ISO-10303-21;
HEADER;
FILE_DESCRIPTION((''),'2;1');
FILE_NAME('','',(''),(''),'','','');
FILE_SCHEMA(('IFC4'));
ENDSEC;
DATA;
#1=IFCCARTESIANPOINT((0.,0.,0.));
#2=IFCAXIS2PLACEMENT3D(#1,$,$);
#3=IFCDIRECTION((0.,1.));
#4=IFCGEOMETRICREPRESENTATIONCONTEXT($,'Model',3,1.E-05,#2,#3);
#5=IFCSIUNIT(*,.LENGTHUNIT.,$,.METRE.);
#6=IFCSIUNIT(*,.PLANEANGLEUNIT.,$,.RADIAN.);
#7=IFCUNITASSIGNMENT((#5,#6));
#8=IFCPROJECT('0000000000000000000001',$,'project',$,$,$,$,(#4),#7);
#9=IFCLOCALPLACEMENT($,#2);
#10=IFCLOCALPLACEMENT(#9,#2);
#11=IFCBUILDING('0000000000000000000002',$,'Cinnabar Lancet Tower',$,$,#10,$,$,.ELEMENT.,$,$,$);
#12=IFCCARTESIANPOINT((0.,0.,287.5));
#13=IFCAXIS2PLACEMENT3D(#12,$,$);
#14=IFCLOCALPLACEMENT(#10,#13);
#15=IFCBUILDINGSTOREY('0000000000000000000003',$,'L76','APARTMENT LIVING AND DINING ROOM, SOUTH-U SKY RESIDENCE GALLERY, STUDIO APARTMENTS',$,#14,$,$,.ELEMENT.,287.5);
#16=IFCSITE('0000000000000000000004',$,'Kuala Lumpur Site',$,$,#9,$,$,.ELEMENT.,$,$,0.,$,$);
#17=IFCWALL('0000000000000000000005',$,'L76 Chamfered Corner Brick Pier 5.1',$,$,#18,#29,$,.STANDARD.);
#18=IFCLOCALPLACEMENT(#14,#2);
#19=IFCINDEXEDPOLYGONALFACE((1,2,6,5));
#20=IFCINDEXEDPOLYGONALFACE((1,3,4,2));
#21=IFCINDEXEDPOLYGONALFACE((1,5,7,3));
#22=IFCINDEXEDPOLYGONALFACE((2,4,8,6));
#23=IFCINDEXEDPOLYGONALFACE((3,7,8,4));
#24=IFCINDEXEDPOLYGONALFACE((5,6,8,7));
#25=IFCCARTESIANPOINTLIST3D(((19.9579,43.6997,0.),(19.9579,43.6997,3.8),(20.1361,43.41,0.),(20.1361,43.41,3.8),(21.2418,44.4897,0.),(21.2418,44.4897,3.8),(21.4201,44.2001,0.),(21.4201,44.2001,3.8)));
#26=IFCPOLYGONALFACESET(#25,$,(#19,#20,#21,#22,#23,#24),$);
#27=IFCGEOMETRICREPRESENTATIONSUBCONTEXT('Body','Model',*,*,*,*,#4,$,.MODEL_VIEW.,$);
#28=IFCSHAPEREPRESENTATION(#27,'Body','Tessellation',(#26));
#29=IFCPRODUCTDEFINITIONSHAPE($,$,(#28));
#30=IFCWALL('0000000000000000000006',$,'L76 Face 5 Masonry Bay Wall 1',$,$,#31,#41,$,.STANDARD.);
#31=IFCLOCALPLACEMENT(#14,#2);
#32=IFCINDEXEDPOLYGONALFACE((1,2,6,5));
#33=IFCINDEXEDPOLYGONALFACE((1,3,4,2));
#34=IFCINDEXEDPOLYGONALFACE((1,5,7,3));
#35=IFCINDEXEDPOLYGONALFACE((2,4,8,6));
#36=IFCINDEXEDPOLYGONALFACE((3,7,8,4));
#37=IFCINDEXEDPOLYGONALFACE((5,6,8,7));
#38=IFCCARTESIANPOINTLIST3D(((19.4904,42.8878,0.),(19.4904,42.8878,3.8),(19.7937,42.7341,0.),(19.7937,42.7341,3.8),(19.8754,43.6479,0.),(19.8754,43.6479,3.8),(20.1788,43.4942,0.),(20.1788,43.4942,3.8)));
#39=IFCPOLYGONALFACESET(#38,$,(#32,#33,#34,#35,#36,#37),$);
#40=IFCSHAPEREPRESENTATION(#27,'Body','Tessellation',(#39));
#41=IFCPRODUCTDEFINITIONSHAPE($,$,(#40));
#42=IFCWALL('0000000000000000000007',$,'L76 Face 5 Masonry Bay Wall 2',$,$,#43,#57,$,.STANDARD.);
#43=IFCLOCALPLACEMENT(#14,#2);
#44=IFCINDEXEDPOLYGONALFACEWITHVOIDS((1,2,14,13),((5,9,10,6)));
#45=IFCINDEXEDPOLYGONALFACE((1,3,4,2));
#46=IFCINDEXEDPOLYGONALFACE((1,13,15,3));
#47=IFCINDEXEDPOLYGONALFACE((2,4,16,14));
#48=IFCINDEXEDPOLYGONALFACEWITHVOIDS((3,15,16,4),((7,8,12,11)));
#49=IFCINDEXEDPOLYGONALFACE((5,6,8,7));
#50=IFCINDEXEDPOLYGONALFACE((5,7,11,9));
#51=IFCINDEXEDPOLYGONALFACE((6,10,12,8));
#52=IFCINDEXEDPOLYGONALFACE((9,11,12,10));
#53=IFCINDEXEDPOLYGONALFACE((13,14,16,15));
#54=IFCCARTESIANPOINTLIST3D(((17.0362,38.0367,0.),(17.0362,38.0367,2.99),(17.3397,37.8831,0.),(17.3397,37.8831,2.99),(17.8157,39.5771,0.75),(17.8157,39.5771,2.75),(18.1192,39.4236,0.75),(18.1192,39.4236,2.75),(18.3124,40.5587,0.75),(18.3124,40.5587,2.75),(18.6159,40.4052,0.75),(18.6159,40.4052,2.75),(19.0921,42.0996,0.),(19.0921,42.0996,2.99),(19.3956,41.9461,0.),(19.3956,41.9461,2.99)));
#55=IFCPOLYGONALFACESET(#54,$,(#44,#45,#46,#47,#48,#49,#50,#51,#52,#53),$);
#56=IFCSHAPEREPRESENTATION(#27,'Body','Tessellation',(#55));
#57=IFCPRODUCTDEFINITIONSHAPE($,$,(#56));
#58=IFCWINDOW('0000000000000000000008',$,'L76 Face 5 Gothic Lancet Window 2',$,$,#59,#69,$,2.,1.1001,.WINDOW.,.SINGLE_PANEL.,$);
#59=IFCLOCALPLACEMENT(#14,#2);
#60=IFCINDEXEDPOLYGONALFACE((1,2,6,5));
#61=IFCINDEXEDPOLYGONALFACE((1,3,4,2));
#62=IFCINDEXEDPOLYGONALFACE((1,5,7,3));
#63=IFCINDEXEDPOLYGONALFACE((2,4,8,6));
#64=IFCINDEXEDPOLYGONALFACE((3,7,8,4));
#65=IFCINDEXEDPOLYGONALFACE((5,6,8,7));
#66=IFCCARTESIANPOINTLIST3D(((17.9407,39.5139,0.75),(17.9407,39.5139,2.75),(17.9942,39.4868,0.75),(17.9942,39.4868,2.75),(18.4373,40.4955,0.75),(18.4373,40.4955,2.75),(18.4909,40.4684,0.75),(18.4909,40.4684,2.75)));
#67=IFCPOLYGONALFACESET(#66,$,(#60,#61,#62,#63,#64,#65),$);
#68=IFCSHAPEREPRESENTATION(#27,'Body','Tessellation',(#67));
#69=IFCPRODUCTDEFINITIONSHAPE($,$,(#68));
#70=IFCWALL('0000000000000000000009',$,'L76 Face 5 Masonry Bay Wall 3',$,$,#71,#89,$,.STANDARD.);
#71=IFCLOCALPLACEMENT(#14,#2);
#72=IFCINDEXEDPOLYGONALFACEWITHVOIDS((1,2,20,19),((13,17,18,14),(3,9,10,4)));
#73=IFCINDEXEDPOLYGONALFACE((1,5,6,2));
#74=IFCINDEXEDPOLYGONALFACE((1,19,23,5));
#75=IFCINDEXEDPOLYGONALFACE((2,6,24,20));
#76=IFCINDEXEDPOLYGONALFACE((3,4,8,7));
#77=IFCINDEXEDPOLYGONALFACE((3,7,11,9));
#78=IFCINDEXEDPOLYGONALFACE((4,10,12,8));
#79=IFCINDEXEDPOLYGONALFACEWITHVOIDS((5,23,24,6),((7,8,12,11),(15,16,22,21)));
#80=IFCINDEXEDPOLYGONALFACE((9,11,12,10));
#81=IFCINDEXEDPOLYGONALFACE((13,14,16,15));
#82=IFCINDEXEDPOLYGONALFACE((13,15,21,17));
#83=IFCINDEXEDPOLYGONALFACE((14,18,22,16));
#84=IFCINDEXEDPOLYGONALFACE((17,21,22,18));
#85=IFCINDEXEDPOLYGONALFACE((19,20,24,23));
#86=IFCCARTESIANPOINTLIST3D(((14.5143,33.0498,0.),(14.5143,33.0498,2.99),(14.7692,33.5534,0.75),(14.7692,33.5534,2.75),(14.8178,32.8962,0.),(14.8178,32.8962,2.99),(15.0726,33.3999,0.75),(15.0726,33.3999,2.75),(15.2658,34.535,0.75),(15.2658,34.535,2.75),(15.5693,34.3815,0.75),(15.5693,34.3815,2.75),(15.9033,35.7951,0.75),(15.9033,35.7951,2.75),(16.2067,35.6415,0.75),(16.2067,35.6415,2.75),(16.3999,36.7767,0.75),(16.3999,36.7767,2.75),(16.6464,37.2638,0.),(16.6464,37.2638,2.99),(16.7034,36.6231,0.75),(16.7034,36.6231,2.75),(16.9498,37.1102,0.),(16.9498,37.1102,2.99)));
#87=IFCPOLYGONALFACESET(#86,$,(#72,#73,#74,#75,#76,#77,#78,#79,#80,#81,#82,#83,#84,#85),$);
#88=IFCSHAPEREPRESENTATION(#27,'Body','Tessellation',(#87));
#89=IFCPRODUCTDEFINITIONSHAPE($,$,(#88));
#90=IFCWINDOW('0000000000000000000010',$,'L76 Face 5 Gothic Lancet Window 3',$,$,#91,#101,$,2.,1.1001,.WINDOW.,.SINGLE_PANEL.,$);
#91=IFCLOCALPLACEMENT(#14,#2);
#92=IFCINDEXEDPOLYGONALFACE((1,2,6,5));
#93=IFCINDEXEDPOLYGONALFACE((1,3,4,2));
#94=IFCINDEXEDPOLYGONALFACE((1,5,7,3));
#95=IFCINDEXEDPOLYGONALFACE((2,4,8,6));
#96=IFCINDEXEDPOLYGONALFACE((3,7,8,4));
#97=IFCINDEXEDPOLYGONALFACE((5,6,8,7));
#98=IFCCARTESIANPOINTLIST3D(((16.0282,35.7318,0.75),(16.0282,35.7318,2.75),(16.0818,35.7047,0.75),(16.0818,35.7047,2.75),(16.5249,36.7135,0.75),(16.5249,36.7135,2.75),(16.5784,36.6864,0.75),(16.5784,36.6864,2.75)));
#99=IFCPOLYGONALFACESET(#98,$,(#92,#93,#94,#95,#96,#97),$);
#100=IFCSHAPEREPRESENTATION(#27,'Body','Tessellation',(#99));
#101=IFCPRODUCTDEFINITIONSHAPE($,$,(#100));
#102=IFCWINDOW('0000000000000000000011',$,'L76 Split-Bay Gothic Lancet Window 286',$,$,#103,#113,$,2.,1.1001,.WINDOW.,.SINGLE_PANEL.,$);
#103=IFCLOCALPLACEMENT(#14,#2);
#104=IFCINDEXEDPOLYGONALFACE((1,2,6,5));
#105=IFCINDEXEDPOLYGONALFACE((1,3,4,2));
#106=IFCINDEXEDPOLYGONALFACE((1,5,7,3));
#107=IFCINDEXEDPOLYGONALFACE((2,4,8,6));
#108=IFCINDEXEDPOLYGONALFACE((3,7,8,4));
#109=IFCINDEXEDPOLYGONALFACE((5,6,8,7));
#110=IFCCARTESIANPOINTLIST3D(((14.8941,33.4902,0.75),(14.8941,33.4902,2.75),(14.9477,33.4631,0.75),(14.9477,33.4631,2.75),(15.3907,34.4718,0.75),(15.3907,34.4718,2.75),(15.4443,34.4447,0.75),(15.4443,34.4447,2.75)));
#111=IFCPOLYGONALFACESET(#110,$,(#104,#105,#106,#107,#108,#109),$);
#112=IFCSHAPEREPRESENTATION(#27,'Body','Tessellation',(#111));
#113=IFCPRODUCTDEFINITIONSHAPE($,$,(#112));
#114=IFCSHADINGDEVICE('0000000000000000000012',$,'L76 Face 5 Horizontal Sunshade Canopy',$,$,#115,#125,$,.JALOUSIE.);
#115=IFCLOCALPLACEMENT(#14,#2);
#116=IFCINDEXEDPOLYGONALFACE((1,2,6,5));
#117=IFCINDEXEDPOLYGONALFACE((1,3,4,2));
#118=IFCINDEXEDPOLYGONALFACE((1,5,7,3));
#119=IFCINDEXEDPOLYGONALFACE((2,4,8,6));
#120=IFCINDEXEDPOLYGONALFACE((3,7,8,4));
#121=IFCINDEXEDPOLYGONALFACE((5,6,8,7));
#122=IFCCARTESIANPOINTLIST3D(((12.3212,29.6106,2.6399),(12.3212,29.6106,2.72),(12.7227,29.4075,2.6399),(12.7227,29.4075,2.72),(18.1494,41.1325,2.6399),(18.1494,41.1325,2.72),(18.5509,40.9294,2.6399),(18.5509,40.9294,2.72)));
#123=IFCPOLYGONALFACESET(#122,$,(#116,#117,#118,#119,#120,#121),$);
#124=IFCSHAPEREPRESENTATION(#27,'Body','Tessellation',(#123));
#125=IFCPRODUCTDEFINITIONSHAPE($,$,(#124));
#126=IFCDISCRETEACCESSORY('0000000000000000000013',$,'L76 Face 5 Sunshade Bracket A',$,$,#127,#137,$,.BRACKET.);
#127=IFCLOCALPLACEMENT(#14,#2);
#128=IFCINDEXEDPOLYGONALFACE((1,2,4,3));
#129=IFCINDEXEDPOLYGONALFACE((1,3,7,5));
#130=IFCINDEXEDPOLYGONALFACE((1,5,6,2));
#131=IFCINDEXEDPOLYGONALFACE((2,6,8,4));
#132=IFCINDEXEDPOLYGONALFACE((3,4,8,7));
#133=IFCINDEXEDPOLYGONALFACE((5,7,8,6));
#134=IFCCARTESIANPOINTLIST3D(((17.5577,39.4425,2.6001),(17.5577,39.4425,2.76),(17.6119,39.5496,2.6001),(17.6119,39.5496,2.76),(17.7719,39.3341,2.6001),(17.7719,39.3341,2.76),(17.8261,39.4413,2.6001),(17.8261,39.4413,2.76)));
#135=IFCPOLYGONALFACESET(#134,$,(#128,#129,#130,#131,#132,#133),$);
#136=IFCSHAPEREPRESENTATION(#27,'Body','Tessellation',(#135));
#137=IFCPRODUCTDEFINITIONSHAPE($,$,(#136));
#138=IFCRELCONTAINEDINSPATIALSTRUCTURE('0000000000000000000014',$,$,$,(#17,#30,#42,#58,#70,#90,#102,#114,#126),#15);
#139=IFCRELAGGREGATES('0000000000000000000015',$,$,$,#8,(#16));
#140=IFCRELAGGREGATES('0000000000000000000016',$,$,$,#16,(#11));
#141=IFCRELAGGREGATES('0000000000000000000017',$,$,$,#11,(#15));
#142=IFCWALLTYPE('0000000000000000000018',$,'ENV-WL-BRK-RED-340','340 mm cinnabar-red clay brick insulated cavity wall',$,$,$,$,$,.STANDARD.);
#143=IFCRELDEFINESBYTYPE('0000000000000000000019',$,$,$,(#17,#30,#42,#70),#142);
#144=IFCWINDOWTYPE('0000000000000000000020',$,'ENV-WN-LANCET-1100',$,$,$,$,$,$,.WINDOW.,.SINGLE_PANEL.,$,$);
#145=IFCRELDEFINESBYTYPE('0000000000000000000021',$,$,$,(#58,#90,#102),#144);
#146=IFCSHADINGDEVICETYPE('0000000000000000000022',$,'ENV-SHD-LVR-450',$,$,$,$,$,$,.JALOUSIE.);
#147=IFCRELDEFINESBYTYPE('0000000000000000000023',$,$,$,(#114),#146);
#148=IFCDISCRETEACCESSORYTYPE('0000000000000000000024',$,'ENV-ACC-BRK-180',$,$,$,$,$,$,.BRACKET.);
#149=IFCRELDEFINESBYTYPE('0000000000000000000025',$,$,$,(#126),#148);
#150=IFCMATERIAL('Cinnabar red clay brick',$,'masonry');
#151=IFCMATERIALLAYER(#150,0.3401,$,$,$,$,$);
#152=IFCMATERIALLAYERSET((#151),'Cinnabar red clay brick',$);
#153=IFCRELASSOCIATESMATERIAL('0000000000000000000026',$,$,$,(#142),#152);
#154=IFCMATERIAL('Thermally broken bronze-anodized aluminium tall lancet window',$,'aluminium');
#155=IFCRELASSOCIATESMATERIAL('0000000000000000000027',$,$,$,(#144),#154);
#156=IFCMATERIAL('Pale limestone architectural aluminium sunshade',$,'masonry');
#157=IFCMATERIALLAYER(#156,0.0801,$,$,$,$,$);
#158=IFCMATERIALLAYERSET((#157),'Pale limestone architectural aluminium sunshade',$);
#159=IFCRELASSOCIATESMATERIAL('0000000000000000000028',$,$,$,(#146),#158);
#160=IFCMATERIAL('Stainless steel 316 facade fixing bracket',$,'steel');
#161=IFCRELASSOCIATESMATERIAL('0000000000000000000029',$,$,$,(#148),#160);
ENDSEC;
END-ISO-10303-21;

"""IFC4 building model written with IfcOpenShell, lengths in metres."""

from ifc_helpers import new_model, si_unit, direction, frame, frame_2d, origin, origin_2d, place, context, subcontext, project, spatial, rectangle, extrude, material, layer, layer_set, type_object, element, fill, save


model = new_model("IFC4")

# Units and contexts
model_context = context("Model", 3, precision=1e-05, world=origin(), true_north=direction((0.0, 1.0)))
body_context = subcontext(model_context, "Body", "Model", "MODEL_VIEW")
ifc_project = project(units=[si_unit("LENGTHUNIT", "METRE"), si_unit("PLANEANGLEUNIT", "RADIAN")], contexts=[model_context])

# Site, building, storey
site_placement = place(None, origin())
site = spatial("IfcSite", under=ifc_project, at=site_placement, Name="Kuala Lumpur Site", CompositionType="ELEMENT", RefElevation=0.0)
building_placement = place(site_placement, origin())
building = spatial("IfcBuilding", under=site, at=building_placement, Name="Cinnabar Lancet Tower", CompositionType="ELEMENT")
storey_placement = place(building_placement, frame((0.0, 0.0, 287.5)))
storey = spatial("IfcBuildingStorey", under=building, at=storey_placement, Name="L76", Description="APARTMENT LIVING AND DINING ROOM, SOUTH-U SKY RESIDENCE GALLERY, STUDIO APARTMENTS", CompositionType="ELEMENT", Elevation=287.5)

# Walls
ifc_material_1 = material(Name="Cinnabar red clay brick", Category="masonry")
ifc_layer_1 = layer(ifc_material_1, 0.3401)
ifc_layer_set_1 = layer_set([ifc_layer_1], Name="Cinnabar red clay brick")
wall_type_1 = type_object("IfcWallType", Name="ENV-WL-BRK-RED-340", Description="340 mm cinnabar-red clay brick insulated cavity wall", PredefinedType="STANDARD", material=ifc_layer_set_1)
wall_1_placement = place(storey_placement, frame((21.3311, 44.345, 0.0), z_axis=(0.0, 0.0, 1.0), x_axis=(-0.851681, -0.524061, 0.0)))
element("IfcWall", 1, at=wall_1_placement, inside=storey, type_object=wall_type_1, Name="L76 Chamfered Corner Brick Pier 5.1", PredefinedType="STANDARD", context=body_context, shape_type="SweptSolid", body=[
    extrude(rectangle(XDim=1.5076, YDim=0.3401, at=frame_2d((0.7539, 0.0))), origin(), (0.0, 0.0, 1.0), 3.8),
])
wall_2_placement = place(storey_placement, frame((20.0271, 43.571, 0.0), z_axis=(0.0, 0.0, 1.0), x_axis=(-0.451907, -0.892065, 0.0)))
element("IfcWall", 2, at=wall_2_placement, inside=storey, type_object=wall_type_1, Name="L76 Face 5 Masonry Bay Wall 1", PredefinedType="STANDARD", context=body_context, shape_type="SweptSolid", body=[
    extrude(rectangle(XDim=0.8521, YDim=0.3401, at=frame_2d((0.426, 0.0))), origin(), (0.0, 0.0, 1.0), 3.8),
])

# Wall, opening, window
wall_3_placement = place(storey_placement, frame((19.2439, 42.0229, 0.0), z_axis=(0.0, 0.0, 1.0), x_axis=(-0.451498, -0.892272, 0.0)))
wall_3 = element("IfcWall", 3, at=wall_3_placement, inside=storey, type_object=wall_type_1, Name="L76 Face 5 Masonry Bay Wall 2", PredefinedType="STANDARD", context=body_context, shape_type="SweptSolid", body=[
    extrude(rectangle(XDim=4.5535, YDim=0.3401, at=frame_2d((2.2769, 0.0))), origin(), (0.0, 0.0, 1.0), 2.99),
])
opening_1_placement = place(wall_3_placement, frame((1.7271, 0.0, 0.75)))
opening_1 = element("IfcOpeningElement", 4, at=opening_1_placement, cuts=wall_3, PredefinedType="OPENING", context=body_context, shape_type="SweptSolid", body=[
    extrude(rectangle(XDim=1.1001, YDim=2.0, at=frame_2d((0.55, 1.0))), frame((0.0, 0.1799, 0.0), z_axis=(0.0, -1.0, 0.0), x_axis=(1.0, 0.0, 0.0)), (0.0, 0.0, 1.0), 0.3601),
])
ifc_material_2 = material(Name="Thermally broken bronze-anodized aluminium tall lancet window", Category="aluminium")
window_type = type_object("IfcWindowType", Name="ENV-WN-LANCET-1100", PartitioningType="SINGLE_PANEL", PredefinedType="WINDOW", material=ifc_material_2)
window_1_placement = place(opening_1_placement, origin())
window_1 = element("IfcWindow", 5, at=window_1_placement, inside=storey, type_object=window_type, Name="L76 Face 5 Gothic Lancet Window 2", OverallHeight=2.0, OverallWidth=1.1001, PartitioningType="SINGLE_PANEL", PredefinedType="WINDOW", context=body_context, shape_type="SweptSolid", body=[
    extrude(rectangle(XDim=1.1001, YDim=2.0, at=frame_2d((0.55, 1.0))), frame((0.0, 0.03, 0.0), z_axis=(0.0, -1.0, 0.0), x_axis=(1.0, 0.0, 0.0)), (0.0, 0.0, 1.0), 0.0601),
])
fill(opening_1, window_1)

# Wall, openings, windows
wall_4_placement = place(storey_placement, frame((16.7981, 37.187, 0.0), z_axis=(0.0, 0.0, 1.0), x_axis=(-0.451448, -0.892298, 0.0)))
wall_4 = element("IfcWall", 6, at=wall_4_placement, inside=storey, type_object=wall_type_1, Name="L76 Face 5 Masonry Bay Wall 3", PredefinedType="STANDARD", context=body_context, shape_type="SweptSolid", body=[
    extrude(rectangle(XDim=4.7227, YDim=0.3401, at=frame_2d((2.3613, 0.0))), origin(), (0.0, 0.0, 1.0), 2.99),
])
opening_2_placement = place(wall_4_placement, frame((0.5459, 0.0, 0.75)))
opening_2 = element("IfcOpeningElement", 7, at=opening_2_placement, cuts=wall_4, PredefinedType="OPENING", context=body_context, shape_type="SweptSolid", body=[
    extrude(rectangle(XDim=1.1001, YDim=2.0, at=frame_2d((0.55, 1.0))), frame((0.0, 0.1799, 0.0), z_axis=(0.0, -1.0, 0.0), x_axis=(1.0, 0.0, 0.0)), (0.0, 0.0, 1.0), 0.3601),
])
opening_3_placement = place(wall_4_placement, frame((3.0581, 0.0, 0.75)))
opening_3 = element("IfcOpeningElement", 8, at=opening_3_placement, cuts=wall_4, PredefinedType="OPENING", context=body_context, shape_type="SweptSolid", body=[
    extrude(rectangle(XDim=1.1001, YDim=2.0, at=frame_2d((0.55, 1.0))), frame((0.0, 0.1799, 0.0), z_axis=(0.0, -1.0, 0.0), x_axis=(1.0, 0.0, 0.0)), (0.0, 0.0, 1.0), 0.3601),
])
window_2_placement = place(opening_2_placement, origin())
window_2 = element("IfcWindow", 9, at=window_2_placement, inside=storey, type_object=window_type, Name="L76 Face 5 Gothic Lancet Window 3", OverallHeight=2.0, OverallWidth=1.1001, PartitioningType="SINGLE_PANEL", PredefinedType="WINDOW", context=body_context, shape_type="SweptSolid", body=[
    extrude(rectangle(XDim=1.1001, YDim=2.0, at=frame_2d((0.55, 1.0))), frame((0.0, 0.03, 0.0), z_axis=(0.0, -1.0, 0.0), x_axis=(1.0, 0.0, 0.0)), (0.0, 0.0, 1.0), 0.0601),
])
fill(opening_2, window_2)
window_3_placement = place(opening_3_placement, origin())
window_3 = element("IfcWindow", 10, at=window_3_placement, inside=storey, type_object=window_type, Name="L76 Split-Bay Gothic Lancet Window 286", OverallHeight=2.0, OverallWidth=1.1001, PartitioningType="SINGLE_PANEL", PredefinedType="WINDOW", context=body_context, shape_type="SweptSolid", body=[
    extrude(rectangle(XDim=1.1001, YDim=2.0, at=frame_2d((0.55, 1.0))), frame((0.0, 0.03, 0.0), z_axis=(0.0, -1.0, 0.0), x_axis=(1.0, 0.0, 0.0)), (0.0, 0.0, 1.0), 0.0601),
])
fill(opening_3, window_3)

# Shading device
ifc_material_3 = material(Name="Pale limestone architectural aluminium sunshade", Category="masonry")
ifc_layer_2 = layer(ifc_material_3, 0.0801)
ifc_layer_set_2 = layer_set([ifc_layer_2], Name="Pale limestone architectural aluminium sunshade")
shading_device_type = type_object("IfcShadingDeviceType", Name="ENV-SHD-LVR-450", PredefinedType="JALOUSIE", material=ifc_layer_set_2)
shading_device_placement = place(storey_placement, frame((15.436, 35.27, 2.6399), z_axis=(0.0, 0.0, 1.0), x_axis=(-0.451376, -0.892334, 0.0)))
element("IfcShadingDevice", 11, at=shading_device_placement, inside=storey, type_object=shading_device_type, Name="L76 Face 5 Horizontal Sunshade Canopy", PredefinedType="JALOUSIE", context=body_context, shape_type="SweptSolid", body=[
    extrude(rectangle(XDim=12.9121, YDim=0.45, at=origin_2d()), origin(), (0.0, 0.0, 1.0), 0.0801),
])

# Discrete accessory
ifc_material_4 = material(Name="Stainless steel 316 facade fixing bracket", Category="steel")
discrete_accessory_type = type_object("IfcDiscreteAccessoryType", Name="ENV-ACC-BRK-180", PredefinedType="BRACKET", material=ifc_material_4)
discrete_accessory_placement = place(storey_placement, frame((17.6919, 39.4419, 2.6001), z_axis=(0.0, 0.0, 1.0), x_axis=(-0.451376, -0.892334, 0.0)))
element("IfcDiscreteAccessory", 12, at=discrete_accessory_placement, inside=storey, type_object=discrete_accessory_type, Name="L76 Face 5 Sunshade Bracket A", PredefinedType="BRACKET", context=body_context, shape_type="SweptSolid", body=[
    extrude(rectangle(XDim=0.1201, YDim=0.24, at=origin_2d()), origin(), (0.0, 0.0, 1.0), 0.1599),
])

save(model, "model.ifc")
